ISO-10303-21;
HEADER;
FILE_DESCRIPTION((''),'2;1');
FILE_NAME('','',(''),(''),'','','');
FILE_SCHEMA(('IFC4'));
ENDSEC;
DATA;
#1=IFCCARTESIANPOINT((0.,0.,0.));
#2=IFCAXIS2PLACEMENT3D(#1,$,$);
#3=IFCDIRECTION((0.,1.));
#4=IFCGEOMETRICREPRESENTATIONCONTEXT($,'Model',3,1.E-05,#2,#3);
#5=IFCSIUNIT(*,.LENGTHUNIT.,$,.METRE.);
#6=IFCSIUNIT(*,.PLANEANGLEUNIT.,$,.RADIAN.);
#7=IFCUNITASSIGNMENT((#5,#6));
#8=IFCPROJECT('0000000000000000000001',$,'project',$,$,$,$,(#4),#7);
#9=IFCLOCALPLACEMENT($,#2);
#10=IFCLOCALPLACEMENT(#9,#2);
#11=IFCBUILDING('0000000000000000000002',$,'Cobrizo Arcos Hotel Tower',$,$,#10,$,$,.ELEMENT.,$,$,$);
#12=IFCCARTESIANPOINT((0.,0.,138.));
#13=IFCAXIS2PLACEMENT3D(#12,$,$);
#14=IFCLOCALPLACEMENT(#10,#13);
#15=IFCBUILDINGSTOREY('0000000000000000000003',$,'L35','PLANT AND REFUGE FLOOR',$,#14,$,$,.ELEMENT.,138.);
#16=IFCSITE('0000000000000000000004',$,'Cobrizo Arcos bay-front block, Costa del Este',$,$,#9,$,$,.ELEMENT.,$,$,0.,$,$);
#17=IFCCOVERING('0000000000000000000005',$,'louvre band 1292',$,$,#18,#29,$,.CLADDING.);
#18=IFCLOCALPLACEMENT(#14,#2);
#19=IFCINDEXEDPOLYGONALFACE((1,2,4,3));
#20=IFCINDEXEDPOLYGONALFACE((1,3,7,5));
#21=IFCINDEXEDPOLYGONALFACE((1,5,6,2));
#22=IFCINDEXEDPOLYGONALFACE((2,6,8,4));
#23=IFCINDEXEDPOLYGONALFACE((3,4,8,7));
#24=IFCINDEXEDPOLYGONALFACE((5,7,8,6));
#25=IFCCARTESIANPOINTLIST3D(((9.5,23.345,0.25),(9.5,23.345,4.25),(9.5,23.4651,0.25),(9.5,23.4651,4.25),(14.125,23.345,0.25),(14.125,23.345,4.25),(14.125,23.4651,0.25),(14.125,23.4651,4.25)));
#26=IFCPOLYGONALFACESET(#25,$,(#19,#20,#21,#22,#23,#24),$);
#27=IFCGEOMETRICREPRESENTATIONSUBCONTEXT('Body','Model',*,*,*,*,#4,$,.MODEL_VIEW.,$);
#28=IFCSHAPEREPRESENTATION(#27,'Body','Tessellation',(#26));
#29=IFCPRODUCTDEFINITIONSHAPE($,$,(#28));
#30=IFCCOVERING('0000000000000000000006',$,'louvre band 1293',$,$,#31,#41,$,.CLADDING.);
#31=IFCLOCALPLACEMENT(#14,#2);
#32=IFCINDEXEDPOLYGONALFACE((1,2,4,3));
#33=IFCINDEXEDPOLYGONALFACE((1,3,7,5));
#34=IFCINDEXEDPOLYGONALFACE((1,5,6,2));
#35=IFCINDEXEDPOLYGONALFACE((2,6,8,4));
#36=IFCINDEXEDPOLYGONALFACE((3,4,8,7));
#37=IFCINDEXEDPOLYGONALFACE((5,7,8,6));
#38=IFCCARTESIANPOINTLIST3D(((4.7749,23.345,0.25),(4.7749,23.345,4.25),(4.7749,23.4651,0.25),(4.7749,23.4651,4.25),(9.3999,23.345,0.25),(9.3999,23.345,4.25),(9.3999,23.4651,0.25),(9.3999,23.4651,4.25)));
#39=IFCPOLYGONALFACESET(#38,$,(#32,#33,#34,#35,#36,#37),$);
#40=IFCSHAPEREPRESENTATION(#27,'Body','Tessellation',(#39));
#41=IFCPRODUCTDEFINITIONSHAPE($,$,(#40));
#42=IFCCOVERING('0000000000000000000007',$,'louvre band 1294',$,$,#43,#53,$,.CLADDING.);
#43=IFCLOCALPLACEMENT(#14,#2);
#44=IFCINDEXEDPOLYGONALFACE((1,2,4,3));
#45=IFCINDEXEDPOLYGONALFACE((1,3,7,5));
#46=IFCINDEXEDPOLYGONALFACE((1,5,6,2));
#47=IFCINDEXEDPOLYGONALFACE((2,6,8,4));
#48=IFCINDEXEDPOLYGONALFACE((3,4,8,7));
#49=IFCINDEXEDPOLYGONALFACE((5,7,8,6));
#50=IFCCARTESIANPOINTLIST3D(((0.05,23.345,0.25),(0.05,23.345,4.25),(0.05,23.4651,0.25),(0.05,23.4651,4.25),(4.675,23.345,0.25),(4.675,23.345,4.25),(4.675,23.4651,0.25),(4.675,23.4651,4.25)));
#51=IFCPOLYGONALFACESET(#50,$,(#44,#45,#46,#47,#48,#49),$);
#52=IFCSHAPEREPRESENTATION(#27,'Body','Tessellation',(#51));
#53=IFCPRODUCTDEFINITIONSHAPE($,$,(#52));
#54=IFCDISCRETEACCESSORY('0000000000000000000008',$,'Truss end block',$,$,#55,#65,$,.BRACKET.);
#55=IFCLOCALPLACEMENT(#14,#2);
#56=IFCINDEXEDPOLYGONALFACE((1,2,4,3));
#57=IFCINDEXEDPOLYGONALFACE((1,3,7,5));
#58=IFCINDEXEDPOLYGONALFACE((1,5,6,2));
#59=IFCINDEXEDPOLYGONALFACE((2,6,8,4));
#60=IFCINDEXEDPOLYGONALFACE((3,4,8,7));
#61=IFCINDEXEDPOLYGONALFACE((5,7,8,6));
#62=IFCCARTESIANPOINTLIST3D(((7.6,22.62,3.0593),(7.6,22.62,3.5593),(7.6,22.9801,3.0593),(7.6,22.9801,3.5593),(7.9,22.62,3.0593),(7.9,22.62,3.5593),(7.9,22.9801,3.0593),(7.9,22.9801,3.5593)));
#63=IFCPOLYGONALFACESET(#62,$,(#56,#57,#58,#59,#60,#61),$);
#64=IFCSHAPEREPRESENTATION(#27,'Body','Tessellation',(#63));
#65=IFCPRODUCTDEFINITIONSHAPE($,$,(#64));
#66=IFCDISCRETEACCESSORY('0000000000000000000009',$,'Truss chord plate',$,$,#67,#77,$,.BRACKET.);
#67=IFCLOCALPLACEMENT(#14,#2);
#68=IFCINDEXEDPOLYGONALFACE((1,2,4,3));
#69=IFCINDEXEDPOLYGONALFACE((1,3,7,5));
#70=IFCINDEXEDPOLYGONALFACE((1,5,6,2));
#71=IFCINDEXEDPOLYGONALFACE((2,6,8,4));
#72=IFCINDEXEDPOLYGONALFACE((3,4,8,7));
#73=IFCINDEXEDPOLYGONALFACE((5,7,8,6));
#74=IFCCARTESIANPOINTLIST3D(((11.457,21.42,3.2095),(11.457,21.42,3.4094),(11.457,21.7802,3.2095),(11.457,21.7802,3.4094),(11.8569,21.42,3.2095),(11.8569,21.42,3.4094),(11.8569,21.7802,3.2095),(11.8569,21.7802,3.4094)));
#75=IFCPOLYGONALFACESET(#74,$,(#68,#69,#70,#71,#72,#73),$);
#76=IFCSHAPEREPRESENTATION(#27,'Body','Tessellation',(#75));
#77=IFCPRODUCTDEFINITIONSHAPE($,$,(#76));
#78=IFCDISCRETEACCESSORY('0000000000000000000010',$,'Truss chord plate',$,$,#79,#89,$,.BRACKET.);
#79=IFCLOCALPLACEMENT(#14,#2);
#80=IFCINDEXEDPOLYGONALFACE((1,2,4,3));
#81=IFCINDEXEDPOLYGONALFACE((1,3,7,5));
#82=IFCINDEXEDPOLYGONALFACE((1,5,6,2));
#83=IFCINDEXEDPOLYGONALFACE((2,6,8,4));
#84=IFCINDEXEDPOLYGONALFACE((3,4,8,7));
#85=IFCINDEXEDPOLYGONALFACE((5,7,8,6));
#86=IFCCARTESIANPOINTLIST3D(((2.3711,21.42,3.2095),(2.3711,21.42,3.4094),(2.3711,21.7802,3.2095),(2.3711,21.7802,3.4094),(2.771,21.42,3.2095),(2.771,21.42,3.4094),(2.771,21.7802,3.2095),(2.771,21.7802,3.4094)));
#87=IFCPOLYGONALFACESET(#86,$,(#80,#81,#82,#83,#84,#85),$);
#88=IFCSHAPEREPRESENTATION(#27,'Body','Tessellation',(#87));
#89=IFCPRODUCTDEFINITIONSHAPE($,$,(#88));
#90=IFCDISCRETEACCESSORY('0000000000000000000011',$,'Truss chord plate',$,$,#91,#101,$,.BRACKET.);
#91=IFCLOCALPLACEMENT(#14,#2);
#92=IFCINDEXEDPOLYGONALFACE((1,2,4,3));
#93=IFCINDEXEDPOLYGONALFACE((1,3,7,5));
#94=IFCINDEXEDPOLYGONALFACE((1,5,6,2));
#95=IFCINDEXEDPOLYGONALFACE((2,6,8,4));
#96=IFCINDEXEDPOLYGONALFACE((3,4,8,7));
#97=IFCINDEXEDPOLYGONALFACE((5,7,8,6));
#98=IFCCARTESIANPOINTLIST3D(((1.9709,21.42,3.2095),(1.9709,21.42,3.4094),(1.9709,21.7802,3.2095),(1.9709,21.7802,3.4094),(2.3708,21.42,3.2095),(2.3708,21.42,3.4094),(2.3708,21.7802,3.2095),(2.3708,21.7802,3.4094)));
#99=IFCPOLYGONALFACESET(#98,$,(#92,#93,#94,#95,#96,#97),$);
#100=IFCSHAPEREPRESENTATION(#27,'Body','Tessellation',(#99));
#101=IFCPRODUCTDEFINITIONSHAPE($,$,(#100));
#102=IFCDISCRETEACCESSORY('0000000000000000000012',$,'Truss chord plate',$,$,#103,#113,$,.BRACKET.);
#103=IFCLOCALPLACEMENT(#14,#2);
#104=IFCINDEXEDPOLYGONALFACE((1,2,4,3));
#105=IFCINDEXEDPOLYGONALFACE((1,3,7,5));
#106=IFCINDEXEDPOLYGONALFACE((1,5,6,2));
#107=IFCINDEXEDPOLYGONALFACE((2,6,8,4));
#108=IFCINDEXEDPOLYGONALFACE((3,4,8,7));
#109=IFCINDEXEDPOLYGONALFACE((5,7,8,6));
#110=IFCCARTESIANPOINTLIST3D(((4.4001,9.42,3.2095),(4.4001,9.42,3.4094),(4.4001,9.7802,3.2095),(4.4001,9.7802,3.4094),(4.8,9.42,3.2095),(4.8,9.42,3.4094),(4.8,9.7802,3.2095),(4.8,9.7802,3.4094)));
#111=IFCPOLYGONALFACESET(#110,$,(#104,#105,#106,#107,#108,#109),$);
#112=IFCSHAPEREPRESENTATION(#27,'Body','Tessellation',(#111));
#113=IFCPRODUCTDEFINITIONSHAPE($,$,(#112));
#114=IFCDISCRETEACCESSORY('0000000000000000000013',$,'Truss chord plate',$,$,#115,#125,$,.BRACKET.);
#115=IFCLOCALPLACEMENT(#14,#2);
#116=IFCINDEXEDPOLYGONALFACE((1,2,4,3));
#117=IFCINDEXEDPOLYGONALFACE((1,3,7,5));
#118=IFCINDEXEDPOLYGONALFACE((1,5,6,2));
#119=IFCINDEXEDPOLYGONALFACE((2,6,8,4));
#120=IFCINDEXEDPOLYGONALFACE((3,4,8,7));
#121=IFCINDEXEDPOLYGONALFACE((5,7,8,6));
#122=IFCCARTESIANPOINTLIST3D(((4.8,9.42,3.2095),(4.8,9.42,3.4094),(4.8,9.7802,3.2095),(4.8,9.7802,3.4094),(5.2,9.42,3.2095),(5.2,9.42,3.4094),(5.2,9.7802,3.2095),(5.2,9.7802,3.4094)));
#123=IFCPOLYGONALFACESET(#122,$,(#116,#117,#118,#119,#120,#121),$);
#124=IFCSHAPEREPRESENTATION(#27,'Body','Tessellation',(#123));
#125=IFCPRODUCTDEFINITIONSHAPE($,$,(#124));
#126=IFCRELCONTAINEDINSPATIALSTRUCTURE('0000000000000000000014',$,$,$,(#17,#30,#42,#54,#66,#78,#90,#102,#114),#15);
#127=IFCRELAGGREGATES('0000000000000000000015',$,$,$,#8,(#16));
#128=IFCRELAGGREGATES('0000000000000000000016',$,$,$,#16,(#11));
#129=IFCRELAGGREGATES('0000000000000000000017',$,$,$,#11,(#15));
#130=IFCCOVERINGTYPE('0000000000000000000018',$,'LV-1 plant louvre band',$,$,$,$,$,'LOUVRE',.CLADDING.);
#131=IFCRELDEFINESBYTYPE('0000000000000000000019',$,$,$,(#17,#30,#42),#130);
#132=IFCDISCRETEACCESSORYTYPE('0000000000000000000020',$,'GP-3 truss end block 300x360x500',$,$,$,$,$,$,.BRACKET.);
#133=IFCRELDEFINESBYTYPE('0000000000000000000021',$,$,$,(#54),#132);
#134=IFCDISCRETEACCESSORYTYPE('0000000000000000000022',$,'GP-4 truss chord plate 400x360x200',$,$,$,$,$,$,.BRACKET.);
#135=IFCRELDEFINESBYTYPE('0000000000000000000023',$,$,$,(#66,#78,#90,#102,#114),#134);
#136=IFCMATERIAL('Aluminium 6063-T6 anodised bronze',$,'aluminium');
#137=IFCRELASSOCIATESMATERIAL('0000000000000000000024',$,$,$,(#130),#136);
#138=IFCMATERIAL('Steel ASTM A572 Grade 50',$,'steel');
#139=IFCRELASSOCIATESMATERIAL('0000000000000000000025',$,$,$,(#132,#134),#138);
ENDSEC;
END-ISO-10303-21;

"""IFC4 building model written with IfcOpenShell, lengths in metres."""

from ifc_helpers import new_model, si_unit, direction, frame, origin, origin_2d, place, context, subcontext, project, spatial, rectangle, extrude, material, type_object, element, save


model = new_model("IFC4")

# Units and contexts
model_context = context("Model", 3, precision=1e-05, world=origin(), true_north=direction((0.0, 1.0)))
body_context = subcontext(model_context, "Body", "Model", "MODEL_VIEW")
ifc_project = project(units=[si_unit("LENGTHUNIT", "METRE"), si_unit("PLANEANGLEUNIT", "RADIAN")], contexts=[model_context])

# Site, building, storey
site_placement = place(None, origin())
site = spatial("IfcSite", under=ifc_project, at=site_placement, Name="Cobrizo Arcos bay-front block, Costa del Este", CompositionType="ELEMENT", RefElevation=0.0)
building_placement = place(site_placement, origin())
building = spatial("IfcBuilding", under=site, at=building_placement, Name="Cobrizo Arcos Hotel Tower", CompositionType="ELEMENT")
storey_placement = place(building_placement, frame((0.0, 0.0, 138.0)))
storey = spatial("IfcBuildingStorey", under=building, at=storey_placement, Name="L35", Description="PLANT AND REFUGE FLOOR", CompositionType="ELEMENT", Elevation=138.0)

# Shared definitions
ifc_material_1 = material(Name="Aluminium 6063-T6 anodised bronze", Category="aluminium")

# Coverings
covering_type = type_object("IfcCoveringType", Name="LV-1 plant louvre band", ElementType="LOUVRE", PredefinedType="CLADDING", material=ifc_material_1)
for number, where, z_axis, x_axis, name in (
    (1, (11.8125, 23.405, 0.25), (0.0, 0.0, 1.0), (-1.0, 0.0, 0.0), "louvre band 1292"),
    (2, (7.0874, 23.405, 0.25), (0.0, 0.0, 1.0), (-1.0, 0.0, 0.0), "louvre band 1293"),
    (3, (2.3625, 23.405, 0.25), (0.0, 0.0, 1.0), (-1.0, 0.0, 0.0), "louvre band 1294"),
):
    element("IfcCovering", number, at=place(storey_placement, frame(where, z_axis=z_axis, x_axis=x_axis)), inside=storey, type_object=covering_type, Name=name, PredefinedType="CLADDING", context=body_context, shape_type="SweptSolid", body=[
        extrude(rectangle(XDim=4.625, YDim=0.1201, at=origin_2d()), origin(), (0.0, 0.0, 1.0), 4.0),
    ])

# Discrete accessories
ifc_material_2 = material(Name="Steel ASTM A572 Grade 50", Category="steel")
discrete_accessory_type_1 = type_object("IfcDiscreteAccessoryType", Name="GP-3 truss end block 300x360x500", PredefinedType="BRACKET", material=ifc_material_2)
discrete_accessory_placement = place(storey_placement, frame((7.75, 22.8, 3.0593), z_axis=(0.0, 0.0, 1.0), x_axis=(-1.0, 0.0, 0.0)))
element("IfcDiscreteAccessory", 4, at=discrete_accessory_placement, inside=storey, type_object=discrete_accessory_type_1, Name="Truss end block", PredefinedType="BRACKET", context=body_context, shape_type="SweptSolid", body=[
    extrude(rectangle(XDim=0.3, YDim=0.3601, at=origin_2d()), origin(), (0.0, 0.0, 1.0), 0.5),
])
discrete_accessory_type_2 = type_object("IfcDiscreteAccessoryType", Name="GP-4 truss chord plate 400x360x200", PredefinedType="BRACKET", material=ifc_material_2)
for number, where, z_axis, x_axis, name in (
    (5, (11.657, 21.6001, 3.2095), (0.0, 0.0, 1.0), (-1.0, 0.0, 0.0), "Truss chord plate"),
    (6, (2.571, 21.6001, 3.2095), (0.0, 0.0, 1.0), (-1.0, 0.0, 0.0), "Truss chord plate"),
    (7, (2.1709, 21.6001, 3.2095), (0.0, 0.0, 1.0), (-1.0, 0.0, 0.0), "Truss chord plate"),
    (8, (4.6001, 9.6001, 3.2095), (0.0, 0.0, 1.0), (1.0, 0.0, 0.0), "Truss chord plate"),
    (9, (5.0, 9.6001, 3.2095), (0.0, 0.0, 1.0), (1.0, 0.0, 0.0), "Truss chord plate"),
):
    element("IfcDiscreteAccessory", number, at=place(storey_placement, frame(where, z_axis=z_axis, x_axis=x_axis)), inside=storey, type_object=discrete_accessory_type_2, Name=name, PredefinedType="BRACKET", context=body_context, shape_type="SweptSolid", body=[
        extrude(rectangle(XDim=0.3999, YDim=0.3601, at=origin_2d()), origin(), (0.0, 0.0, 1.0), 0.2),
    ])

save(model, "model.ifc")
